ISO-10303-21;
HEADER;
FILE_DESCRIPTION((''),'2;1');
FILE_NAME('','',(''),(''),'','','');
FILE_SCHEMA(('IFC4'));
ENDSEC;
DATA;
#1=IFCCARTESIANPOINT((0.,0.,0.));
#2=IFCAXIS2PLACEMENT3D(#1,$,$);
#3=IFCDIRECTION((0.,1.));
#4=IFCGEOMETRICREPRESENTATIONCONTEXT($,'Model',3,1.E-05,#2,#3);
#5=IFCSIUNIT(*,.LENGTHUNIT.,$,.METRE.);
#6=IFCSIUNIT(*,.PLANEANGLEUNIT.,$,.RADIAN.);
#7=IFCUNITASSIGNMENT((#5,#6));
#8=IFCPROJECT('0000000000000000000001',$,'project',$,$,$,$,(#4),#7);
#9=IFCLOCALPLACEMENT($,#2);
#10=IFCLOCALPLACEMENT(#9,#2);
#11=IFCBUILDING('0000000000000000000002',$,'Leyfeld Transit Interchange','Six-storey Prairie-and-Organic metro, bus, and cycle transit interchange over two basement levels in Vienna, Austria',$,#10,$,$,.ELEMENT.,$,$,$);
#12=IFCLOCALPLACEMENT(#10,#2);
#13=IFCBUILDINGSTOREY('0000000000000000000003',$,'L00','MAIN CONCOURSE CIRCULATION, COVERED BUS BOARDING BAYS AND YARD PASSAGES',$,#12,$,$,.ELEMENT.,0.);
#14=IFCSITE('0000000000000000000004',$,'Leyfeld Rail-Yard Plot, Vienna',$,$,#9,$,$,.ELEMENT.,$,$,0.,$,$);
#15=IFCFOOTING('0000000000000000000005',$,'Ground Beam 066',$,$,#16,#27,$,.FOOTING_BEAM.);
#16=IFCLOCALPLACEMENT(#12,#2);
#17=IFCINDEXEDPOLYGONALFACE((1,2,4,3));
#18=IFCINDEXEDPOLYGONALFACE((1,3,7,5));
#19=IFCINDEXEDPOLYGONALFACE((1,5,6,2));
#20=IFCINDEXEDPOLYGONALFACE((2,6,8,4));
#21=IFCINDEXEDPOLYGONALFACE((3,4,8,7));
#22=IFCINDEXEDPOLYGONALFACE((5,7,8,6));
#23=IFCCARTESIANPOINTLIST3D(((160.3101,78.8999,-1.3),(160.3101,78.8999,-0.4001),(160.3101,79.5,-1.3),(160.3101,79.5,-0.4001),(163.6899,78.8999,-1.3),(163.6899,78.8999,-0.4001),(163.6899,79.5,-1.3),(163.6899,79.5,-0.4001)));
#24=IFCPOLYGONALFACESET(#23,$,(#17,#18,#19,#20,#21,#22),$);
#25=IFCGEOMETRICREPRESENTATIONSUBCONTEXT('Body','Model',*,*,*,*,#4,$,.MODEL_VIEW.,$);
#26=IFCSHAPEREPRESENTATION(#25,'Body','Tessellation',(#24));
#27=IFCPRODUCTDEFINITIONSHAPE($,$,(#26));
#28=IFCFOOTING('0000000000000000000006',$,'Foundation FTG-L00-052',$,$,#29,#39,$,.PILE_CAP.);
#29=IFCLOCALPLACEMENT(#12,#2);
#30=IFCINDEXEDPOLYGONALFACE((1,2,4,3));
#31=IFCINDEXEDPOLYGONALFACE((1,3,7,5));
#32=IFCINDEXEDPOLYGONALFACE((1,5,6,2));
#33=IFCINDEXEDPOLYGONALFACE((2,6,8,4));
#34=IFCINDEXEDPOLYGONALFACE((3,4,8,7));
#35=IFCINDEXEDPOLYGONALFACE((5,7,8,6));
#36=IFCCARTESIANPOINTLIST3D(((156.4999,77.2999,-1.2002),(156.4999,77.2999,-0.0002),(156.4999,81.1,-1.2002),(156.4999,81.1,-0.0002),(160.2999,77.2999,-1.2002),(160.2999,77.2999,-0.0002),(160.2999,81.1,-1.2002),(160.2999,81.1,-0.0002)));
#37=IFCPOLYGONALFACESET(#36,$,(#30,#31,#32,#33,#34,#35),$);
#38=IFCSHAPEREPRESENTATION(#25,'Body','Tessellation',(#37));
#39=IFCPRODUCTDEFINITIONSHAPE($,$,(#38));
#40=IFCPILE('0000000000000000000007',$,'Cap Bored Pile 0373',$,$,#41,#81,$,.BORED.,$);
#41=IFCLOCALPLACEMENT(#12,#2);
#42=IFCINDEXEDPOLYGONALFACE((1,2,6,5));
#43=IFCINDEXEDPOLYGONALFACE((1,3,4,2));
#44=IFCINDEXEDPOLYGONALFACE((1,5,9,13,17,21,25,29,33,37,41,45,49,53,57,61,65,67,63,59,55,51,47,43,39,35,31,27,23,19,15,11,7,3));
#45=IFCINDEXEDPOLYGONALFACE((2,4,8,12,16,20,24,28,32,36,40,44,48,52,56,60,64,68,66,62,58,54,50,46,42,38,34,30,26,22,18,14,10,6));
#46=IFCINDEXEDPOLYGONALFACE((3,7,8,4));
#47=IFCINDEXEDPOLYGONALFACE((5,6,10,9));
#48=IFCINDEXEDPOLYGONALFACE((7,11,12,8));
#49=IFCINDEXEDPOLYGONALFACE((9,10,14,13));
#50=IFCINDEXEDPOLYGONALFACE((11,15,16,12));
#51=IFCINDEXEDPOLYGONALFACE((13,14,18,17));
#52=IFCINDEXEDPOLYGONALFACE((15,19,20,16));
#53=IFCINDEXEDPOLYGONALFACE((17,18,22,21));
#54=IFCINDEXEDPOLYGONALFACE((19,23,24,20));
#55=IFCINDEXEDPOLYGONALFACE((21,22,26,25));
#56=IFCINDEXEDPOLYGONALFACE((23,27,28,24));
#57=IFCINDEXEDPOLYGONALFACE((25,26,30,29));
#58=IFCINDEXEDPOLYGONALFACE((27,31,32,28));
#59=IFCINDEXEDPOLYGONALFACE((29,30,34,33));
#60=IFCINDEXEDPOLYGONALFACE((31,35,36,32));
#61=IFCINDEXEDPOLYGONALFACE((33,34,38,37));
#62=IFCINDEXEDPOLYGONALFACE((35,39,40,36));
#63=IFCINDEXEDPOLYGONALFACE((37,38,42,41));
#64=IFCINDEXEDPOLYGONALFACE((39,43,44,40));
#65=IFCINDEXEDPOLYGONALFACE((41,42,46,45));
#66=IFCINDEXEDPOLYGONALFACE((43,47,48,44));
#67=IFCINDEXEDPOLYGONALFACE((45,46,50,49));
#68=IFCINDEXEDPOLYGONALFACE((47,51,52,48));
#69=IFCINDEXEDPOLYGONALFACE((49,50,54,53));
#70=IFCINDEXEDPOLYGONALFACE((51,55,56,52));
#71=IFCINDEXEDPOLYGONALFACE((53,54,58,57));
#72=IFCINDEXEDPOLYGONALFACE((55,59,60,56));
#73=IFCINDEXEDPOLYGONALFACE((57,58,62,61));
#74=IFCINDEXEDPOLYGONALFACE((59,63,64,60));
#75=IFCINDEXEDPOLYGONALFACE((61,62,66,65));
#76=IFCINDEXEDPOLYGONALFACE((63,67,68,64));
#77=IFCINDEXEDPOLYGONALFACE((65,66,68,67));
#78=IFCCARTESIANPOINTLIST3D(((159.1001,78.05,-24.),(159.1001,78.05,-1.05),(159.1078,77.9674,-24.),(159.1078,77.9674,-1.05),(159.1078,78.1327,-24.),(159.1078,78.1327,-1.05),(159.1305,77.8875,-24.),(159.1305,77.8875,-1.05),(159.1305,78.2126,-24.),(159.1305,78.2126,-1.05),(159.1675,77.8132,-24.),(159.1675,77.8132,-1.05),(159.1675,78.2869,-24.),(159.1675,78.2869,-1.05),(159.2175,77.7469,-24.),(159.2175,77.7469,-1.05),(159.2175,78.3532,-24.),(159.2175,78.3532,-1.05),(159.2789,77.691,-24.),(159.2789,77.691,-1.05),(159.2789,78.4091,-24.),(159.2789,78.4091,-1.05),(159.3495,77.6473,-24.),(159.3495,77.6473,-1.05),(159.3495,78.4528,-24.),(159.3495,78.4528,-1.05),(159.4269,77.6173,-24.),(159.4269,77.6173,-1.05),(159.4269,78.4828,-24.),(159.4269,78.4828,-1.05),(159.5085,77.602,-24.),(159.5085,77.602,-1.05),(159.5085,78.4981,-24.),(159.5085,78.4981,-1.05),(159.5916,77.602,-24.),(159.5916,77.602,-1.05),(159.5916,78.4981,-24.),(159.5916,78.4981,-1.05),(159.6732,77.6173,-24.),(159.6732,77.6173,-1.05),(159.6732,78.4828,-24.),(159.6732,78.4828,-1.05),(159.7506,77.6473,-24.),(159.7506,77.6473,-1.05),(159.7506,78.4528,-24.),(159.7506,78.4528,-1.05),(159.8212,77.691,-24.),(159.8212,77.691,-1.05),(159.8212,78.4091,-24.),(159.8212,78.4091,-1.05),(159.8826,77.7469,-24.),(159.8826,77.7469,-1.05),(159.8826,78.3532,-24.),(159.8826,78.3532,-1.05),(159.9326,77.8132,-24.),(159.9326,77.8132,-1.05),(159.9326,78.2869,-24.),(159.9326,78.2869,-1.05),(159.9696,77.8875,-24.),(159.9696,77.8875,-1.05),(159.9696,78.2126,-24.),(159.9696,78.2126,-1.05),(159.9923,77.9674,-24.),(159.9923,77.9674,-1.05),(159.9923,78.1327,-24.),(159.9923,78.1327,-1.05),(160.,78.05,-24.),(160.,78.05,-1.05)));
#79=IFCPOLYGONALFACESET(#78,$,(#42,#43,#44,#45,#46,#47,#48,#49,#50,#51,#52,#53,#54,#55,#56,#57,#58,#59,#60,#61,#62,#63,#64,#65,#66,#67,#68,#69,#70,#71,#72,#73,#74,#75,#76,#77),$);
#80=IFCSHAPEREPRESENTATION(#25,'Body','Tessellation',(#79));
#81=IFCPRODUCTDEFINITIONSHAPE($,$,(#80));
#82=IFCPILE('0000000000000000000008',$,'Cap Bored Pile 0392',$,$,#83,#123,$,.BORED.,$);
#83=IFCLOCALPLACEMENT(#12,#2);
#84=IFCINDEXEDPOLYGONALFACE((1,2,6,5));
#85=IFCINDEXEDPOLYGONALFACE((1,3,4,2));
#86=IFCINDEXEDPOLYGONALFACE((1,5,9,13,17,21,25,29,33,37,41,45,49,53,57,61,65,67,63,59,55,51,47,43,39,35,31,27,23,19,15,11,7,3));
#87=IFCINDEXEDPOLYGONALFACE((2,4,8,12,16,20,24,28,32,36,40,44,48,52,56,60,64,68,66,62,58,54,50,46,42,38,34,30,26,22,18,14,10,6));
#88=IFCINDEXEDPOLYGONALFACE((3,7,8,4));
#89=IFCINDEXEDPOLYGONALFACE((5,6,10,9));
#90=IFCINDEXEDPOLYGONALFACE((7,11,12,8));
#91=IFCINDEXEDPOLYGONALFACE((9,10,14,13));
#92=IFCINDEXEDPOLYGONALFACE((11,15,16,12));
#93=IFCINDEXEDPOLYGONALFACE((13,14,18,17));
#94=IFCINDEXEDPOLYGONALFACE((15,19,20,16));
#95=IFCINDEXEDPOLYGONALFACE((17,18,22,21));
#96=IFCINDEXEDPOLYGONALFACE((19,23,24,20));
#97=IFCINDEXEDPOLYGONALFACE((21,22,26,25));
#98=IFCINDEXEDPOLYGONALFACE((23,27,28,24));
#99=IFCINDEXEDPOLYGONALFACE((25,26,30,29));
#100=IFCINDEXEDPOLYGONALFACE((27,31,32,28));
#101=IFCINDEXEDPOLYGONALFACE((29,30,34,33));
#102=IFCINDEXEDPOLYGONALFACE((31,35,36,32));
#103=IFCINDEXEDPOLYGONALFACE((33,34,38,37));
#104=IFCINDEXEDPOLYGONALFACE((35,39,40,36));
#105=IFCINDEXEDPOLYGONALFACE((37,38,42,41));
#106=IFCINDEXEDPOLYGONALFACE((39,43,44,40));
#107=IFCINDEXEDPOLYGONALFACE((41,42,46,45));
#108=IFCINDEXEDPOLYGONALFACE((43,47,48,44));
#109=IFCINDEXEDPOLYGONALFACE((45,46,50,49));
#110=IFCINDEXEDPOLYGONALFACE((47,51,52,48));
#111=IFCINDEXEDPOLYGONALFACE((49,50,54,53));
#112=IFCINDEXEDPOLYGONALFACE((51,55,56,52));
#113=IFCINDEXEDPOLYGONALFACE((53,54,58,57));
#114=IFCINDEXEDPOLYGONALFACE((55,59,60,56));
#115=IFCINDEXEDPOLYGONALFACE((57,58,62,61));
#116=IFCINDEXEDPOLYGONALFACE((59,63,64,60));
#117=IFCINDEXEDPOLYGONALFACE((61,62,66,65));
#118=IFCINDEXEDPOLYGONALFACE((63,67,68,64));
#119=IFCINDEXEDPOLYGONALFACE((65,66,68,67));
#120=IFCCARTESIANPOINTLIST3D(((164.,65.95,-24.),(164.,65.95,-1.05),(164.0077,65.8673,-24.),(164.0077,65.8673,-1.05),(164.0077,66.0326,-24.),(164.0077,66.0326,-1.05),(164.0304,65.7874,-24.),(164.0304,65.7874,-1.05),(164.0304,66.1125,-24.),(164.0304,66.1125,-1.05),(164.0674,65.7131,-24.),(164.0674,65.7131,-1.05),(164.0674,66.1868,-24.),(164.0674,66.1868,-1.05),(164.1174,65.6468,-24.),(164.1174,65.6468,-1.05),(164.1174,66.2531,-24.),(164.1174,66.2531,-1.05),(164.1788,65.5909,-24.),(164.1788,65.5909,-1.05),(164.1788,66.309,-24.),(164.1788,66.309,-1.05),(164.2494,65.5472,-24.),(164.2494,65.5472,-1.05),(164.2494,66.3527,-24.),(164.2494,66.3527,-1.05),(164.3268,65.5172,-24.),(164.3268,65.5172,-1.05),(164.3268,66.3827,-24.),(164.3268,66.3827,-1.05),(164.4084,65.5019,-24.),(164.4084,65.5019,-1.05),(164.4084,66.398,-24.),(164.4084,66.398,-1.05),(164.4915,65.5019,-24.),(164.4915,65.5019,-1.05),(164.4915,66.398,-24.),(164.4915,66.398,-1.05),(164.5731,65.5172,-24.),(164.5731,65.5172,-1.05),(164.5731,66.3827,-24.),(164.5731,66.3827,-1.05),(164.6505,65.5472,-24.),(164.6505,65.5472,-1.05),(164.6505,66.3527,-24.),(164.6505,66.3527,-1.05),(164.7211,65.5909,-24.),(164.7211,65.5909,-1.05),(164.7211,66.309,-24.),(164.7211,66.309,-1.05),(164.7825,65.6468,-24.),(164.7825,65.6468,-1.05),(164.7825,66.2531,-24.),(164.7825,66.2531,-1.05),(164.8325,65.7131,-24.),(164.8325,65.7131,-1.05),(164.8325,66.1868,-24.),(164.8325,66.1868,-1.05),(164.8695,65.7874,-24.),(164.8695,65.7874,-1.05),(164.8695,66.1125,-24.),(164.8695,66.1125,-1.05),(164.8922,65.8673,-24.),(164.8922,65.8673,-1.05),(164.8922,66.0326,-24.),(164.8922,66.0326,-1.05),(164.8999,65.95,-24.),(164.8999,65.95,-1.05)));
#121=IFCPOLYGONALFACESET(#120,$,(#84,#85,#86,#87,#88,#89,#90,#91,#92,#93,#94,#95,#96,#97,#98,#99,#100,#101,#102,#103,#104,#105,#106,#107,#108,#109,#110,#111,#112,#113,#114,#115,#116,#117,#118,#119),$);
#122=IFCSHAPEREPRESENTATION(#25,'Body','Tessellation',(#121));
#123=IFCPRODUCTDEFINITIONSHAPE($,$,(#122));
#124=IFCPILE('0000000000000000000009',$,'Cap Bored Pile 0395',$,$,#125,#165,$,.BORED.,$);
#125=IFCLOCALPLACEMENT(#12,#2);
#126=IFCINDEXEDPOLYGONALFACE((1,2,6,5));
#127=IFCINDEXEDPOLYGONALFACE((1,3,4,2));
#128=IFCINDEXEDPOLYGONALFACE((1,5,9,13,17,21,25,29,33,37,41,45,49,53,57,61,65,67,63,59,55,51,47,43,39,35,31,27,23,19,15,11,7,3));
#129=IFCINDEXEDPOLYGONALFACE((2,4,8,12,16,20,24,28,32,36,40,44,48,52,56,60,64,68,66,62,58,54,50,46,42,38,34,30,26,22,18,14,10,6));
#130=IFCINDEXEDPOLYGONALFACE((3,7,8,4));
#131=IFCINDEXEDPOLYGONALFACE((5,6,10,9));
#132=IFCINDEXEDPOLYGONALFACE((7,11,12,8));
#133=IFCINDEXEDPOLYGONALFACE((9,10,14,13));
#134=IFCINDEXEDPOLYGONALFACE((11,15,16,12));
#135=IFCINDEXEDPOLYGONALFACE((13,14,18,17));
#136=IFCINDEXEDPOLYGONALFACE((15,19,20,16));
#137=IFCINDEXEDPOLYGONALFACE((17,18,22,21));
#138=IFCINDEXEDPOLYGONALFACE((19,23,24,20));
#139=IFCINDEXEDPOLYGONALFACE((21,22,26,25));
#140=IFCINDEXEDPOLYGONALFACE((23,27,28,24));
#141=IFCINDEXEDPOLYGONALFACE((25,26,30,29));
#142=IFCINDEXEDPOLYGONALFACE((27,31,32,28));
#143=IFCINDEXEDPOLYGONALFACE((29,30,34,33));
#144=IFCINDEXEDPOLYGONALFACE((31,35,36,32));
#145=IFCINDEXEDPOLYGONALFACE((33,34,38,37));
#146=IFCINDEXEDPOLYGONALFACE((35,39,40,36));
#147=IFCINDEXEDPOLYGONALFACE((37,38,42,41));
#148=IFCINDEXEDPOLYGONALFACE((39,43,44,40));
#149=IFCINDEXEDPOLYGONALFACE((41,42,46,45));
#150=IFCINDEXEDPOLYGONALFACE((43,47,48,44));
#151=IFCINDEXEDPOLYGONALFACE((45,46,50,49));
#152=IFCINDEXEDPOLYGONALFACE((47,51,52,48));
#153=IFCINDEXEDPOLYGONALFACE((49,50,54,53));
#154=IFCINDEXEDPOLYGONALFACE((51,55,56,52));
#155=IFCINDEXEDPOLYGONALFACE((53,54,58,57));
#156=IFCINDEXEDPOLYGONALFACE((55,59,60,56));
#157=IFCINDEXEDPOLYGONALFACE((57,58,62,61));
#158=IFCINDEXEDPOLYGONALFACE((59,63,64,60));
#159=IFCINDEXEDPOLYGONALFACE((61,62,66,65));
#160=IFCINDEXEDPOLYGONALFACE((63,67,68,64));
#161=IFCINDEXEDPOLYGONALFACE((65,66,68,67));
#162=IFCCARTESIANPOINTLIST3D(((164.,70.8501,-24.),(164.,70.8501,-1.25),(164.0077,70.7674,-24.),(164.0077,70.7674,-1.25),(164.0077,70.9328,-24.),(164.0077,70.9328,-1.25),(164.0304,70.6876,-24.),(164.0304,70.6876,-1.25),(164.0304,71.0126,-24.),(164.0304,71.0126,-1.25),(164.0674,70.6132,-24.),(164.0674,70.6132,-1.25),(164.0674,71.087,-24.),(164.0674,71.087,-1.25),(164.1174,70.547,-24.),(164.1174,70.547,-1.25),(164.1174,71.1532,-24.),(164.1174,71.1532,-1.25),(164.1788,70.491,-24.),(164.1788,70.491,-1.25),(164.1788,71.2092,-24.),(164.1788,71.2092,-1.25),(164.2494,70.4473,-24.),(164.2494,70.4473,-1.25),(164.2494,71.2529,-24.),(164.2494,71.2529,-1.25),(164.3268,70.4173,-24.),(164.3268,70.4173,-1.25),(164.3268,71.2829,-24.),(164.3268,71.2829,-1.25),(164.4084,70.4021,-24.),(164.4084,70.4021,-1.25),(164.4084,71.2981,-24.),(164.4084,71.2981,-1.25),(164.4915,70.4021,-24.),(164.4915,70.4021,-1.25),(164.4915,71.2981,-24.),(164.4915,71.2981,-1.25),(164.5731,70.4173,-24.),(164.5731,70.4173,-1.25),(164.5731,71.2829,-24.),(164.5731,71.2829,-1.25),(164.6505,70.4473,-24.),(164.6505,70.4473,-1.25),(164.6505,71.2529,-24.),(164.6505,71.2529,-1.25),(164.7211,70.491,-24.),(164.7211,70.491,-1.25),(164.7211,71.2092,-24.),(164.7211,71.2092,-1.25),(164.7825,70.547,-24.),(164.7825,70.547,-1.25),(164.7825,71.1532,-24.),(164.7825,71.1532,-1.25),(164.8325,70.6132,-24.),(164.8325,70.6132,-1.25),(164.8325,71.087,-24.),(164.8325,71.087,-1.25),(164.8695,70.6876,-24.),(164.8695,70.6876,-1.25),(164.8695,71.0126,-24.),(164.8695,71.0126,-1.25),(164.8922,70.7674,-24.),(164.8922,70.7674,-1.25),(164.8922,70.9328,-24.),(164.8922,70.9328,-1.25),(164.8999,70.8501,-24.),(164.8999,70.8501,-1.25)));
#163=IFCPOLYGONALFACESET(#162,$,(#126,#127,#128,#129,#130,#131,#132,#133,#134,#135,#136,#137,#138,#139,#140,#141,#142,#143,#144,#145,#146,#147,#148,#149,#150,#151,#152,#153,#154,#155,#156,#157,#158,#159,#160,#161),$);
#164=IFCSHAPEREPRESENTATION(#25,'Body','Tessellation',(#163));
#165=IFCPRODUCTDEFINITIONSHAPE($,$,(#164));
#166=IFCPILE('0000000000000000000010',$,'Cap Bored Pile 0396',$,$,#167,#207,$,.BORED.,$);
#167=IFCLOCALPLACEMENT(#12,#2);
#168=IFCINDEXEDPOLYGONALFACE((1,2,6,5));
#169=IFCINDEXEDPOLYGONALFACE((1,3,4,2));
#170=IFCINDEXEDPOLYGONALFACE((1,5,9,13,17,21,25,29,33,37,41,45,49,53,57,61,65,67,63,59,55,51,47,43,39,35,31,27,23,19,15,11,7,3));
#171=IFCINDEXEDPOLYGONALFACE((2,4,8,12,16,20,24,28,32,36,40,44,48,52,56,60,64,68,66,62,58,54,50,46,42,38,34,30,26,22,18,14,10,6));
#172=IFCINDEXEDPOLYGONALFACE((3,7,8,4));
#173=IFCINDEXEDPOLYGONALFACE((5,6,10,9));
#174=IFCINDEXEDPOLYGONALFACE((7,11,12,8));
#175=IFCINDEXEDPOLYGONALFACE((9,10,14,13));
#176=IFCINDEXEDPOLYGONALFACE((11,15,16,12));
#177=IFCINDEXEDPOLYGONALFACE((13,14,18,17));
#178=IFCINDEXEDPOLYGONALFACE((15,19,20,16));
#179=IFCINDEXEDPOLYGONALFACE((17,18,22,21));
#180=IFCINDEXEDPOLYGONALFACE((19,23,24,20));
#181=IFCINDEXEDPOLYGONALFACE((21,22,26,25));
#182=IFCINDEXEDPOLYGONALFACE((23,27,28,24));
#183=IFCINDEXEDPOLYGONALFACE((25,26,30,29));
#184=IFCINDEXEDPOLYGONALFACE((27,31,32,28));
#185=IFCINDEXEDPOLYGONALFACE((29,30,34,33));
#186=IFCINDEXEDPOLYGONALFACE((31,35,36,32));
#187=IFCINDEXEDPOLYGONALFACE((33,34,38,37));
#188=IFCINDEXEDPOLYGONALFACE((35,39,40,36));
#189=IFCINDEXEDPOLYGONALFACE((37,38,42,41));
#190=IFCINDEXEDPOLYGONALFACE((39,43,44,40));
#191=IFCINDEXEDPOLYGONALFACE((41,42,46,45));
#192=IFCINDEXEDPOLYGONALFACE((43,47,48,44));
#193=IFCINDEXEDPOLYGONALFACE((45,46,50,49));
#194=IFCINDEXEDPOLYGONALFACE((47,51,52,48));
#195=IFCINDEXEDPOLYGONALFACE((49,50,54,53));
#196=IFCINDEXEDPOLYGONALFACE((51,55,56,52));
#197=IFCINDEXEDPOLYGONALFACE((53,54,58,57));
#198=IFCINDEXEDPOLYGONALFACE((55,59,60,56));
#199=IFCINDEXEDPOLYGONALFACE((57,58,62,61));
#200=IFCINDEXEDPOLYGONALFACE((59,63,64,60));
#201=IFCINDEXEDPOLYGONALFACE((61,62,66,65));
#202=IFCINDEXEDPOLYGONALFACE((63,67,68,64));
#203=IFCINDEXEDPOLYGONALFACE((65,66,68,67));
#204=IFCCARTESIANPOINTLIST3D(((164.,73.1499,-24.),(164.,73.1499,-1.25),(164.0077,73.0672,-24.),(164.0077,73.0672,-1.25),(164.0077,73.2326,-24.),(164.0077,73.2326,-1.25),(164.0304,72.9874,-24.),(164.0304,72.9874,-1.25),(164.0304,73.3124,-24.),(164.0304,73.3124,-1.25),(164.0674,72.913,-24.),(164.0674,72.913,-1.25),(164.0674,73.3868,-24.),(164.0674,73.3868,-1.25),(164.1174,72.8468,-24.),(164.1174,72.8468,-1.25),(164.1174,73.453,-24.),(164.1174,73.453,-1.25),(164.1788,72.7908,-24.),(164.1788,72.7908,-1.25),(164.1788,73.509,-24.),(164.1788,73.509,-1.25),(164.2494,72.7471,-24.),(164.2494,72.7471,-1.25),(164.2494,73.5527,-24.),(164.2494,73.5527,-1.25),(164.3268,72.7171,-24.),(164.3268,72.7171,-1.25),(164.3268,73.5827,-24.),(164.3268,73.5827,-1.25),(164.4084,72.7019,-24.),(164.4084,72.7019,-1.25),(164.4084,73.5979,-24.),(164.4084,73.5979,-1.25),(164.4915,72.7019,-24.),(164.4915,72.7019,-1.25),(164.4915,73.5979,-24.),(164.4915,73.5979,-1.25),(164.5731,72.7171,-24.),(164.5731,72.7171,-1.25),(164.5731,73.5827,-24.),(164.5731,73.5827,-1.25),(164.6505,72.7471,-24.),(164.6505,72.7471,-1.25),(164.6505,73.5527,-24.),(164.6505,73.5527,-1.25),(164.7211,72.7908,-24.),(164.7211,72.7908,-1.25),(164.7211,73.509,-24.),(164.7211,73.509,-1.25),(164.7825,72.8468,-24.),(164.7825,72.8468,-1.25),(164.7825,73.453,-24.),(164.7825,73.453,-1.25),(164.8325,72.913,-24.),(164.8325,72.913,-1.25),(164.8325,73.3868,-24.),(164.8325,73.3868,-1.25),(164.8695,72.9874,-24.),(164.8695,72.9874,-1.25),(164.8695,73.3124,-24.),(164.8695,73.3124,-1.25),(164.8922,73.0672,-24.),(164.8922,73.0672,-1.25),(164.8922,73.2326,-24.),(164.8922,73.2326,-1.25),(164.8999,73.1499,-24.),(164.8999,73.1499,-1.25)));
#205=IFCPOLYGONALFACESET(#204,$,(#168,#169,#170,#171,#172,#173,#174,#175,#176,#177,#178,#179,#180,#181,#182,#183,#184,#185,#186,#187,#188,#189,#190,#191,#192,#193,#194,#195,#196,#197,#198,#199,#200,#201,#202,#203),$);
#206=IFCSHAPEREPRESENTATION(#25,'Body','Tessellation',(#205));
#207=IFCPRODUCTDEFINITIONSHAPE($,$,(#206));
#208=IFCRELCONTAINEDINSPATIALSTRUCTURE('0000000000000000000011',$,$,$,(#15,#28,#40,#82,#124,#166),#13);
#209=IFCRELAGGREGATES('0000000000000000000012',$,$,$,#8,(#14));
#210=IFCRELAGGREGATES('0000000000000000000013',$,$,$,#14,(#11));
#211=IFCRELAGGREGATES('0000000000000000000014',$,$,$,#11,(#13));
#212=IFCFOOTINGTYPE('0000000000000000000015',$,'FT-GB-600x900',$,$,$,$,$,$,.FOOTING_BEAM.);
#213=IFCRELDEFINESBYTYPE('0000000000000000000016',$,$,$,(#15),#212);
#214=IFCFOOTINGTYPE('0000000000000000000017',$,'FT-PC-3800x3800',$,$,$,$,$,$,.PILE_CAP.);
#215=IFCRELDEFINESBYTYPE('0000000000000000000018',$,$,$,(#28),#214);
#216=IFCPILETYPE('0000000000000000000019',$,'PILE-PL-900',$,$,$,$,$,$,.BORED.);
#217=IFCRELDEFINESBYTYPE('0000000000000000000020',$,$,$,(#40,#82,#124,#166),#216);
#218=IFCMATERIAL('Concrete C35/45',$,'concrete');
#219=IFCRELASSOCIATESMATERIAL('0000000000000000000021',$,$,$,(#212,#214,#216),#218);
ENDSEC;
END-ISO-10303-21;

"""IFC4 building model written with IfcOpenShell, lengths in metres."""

from ifc_helpers import new_model, si_unit, direction, frame, origin, origin_2d, place, context, subcontext, project, spatial, rectangle, circle, extrude, material, material_profile, profile_set, type_object, element, save


model = new_model("IFC4")

# Units and contexts
model_context = context("Model", 3, precision=1e-05, world=origin(), true_north=direction((0.0, 1.0)))
body_context = subcontext(model_context, "Body", "Model", "MODEL_VIEW")
ifc_project = project(units=[si_unit("LENGTHUNIT", "METRE"), si_unit("PLANEANGLEUNIT", "RADIAN")], contexts=[model_context])

# Site, building, storey
site_placement = place(None, origin())
site = spatial("IfcSite", under=ifc_project, at=site_placement, Name="Leyfeld Rail-Yard Plot, Vienna", CompositionType="ELEMENT", RefElevation=0.0)
building_placement = place(site_placement, origin())
building = spatial("IfcBuilding", under=site, at=building_placement, Name="Leyfeld Transit Interchange", Description="Six-storey Prairie-and-Organic metro, bus, and cycle transit interchange over two basement levels in Vienna, Austria", CompositionType="ELEMENT")
storey_placement = place(building_placement, origin())
storey = spatial("IfcBuildingStorey", under=building, at=storey_placement, Name="L00", Description="MAIN CONCOURSE CIRCULATION, COVERED BUS BOARDING BAYS AND YARD PASSAGES", CompositionType="ELEMENT", Elevation=0.0)

# Footings
ifc_material_1 = material(Name="Concrete C35/45", Category="concrete")
footing_type_1 = type_object("IfcFootingType", Name="FT-GB-600x900", PredefinedType="FOOTING_BEAM", material=ifc_material_1)
footing_1_placement = place(storey_placement, frame((162.0, 79.2, -1.3), z_axis=(0.0, 0.0, 1.0), x_axis=(1.0, 0.0, 0.0)))
element("IfcFooting", 1, at=footing_1_placement, inside=storey, type_object=footing_type_1, Name="Ground Beam 066", PredefinedType="FOOTING_BEAM", context=body_context, shape_type="SweptSolid", body=[
    extrude(rectangle(XDim=3.3799, YDim=0.6001, at=origin_2d()), origin(), (0.0, 0.0, 1.0), 0.8999),
])
footing_type_2 = type_object("IfcFootingType", Name="FT-PC-3800x3800", PredefinedType="PILE_CAP", material=ifc_material_1)
footing_2_placement = place(storey_placement, frame((158.3999, 79.2, -1.2002), z_axis=(0.0, 0.0, 1.0), x_axis=(1.0, 0.0, 0.0)))
element("IfcFooting", 2, at=footing_2_placement, inside=storey, type_object=footing_type_2, Name="Foundation FTG-L00-052", PredefinedType="PILE_CAP", context=body_context, shape_type="SweptSolid", body=[
    extrude(rectangle(XDim=3.8, YDim=3.8, at=origin_2d()), origin(), (0.0, 0.0, 1.0), 1.2),
])

# Piles
ifc_material_profile_1 = material_profile(ifc_material_1, circle(Radius=0.45, at=origin_2d()), Name="PILE D900")
ifc_profile_set_1 = profile_set([ifc_material_profile_1], Name="Concrete C35/45")
pile_type = type_object("IfcPileType", Name="PILE-PL-900", PredefinedType="BORED", material=ifc_profile_set_1)
for number, where, z_axis, x_axis, name in (
    (3, (159.55, 78.05, -1.05), (0.0, 0.0, -1.0), (1.0, 0.0, 0.0), "Cap Bored Pile 0373"),
    (4, (164.45, 65.95, -1.05), (0.0, 0.0, -1.0), (1.0, 0.0, 0.0), "Cap Bored Pile 0392"),
):
    element("IfcPile", number, at=place(storey_placement, frame(where, z_axis=z_axis, x_axis=x_axis)), inside=storey, type_object=pile_type, Name=name, PredefinedType="BORED", context=body_context, shape_type="SweptSolid", body=[
        extrude(circle(Radius=0.45, at=origin_2d()), origin(), (0.0, 0.0, 1.0), 22.95),
    ])
for number, where, z_axis, x_axis, name in (
    (5, (164.45, 70.8501, -1.25), (0.0, 0.0, -1.0), (1.0, 0.0, 0.0), "Cap Bored Pile 0395"),
    (6, (164.45, 73.1499, -1.25), (0.0, 0.0, -1.0), (1.0, 0.0, 0.0), "Cap Bored Pile 0396"),
):
    element("IfcPile", number, at=place(storey_placement, frame(where, z_axis=z_axis, x_axis=x_axis)), inside=storey, type_object=pile_type, Name=name, PredefinedType="BORED", context=body_context, shape_type="SweptSolid", body=[
        extrude(circle(Radius=0.45, at=origin_2d()), origin(), (0.0, 0.0, 1.0), 22.75),
    ])

save(model, "model.ifc")
